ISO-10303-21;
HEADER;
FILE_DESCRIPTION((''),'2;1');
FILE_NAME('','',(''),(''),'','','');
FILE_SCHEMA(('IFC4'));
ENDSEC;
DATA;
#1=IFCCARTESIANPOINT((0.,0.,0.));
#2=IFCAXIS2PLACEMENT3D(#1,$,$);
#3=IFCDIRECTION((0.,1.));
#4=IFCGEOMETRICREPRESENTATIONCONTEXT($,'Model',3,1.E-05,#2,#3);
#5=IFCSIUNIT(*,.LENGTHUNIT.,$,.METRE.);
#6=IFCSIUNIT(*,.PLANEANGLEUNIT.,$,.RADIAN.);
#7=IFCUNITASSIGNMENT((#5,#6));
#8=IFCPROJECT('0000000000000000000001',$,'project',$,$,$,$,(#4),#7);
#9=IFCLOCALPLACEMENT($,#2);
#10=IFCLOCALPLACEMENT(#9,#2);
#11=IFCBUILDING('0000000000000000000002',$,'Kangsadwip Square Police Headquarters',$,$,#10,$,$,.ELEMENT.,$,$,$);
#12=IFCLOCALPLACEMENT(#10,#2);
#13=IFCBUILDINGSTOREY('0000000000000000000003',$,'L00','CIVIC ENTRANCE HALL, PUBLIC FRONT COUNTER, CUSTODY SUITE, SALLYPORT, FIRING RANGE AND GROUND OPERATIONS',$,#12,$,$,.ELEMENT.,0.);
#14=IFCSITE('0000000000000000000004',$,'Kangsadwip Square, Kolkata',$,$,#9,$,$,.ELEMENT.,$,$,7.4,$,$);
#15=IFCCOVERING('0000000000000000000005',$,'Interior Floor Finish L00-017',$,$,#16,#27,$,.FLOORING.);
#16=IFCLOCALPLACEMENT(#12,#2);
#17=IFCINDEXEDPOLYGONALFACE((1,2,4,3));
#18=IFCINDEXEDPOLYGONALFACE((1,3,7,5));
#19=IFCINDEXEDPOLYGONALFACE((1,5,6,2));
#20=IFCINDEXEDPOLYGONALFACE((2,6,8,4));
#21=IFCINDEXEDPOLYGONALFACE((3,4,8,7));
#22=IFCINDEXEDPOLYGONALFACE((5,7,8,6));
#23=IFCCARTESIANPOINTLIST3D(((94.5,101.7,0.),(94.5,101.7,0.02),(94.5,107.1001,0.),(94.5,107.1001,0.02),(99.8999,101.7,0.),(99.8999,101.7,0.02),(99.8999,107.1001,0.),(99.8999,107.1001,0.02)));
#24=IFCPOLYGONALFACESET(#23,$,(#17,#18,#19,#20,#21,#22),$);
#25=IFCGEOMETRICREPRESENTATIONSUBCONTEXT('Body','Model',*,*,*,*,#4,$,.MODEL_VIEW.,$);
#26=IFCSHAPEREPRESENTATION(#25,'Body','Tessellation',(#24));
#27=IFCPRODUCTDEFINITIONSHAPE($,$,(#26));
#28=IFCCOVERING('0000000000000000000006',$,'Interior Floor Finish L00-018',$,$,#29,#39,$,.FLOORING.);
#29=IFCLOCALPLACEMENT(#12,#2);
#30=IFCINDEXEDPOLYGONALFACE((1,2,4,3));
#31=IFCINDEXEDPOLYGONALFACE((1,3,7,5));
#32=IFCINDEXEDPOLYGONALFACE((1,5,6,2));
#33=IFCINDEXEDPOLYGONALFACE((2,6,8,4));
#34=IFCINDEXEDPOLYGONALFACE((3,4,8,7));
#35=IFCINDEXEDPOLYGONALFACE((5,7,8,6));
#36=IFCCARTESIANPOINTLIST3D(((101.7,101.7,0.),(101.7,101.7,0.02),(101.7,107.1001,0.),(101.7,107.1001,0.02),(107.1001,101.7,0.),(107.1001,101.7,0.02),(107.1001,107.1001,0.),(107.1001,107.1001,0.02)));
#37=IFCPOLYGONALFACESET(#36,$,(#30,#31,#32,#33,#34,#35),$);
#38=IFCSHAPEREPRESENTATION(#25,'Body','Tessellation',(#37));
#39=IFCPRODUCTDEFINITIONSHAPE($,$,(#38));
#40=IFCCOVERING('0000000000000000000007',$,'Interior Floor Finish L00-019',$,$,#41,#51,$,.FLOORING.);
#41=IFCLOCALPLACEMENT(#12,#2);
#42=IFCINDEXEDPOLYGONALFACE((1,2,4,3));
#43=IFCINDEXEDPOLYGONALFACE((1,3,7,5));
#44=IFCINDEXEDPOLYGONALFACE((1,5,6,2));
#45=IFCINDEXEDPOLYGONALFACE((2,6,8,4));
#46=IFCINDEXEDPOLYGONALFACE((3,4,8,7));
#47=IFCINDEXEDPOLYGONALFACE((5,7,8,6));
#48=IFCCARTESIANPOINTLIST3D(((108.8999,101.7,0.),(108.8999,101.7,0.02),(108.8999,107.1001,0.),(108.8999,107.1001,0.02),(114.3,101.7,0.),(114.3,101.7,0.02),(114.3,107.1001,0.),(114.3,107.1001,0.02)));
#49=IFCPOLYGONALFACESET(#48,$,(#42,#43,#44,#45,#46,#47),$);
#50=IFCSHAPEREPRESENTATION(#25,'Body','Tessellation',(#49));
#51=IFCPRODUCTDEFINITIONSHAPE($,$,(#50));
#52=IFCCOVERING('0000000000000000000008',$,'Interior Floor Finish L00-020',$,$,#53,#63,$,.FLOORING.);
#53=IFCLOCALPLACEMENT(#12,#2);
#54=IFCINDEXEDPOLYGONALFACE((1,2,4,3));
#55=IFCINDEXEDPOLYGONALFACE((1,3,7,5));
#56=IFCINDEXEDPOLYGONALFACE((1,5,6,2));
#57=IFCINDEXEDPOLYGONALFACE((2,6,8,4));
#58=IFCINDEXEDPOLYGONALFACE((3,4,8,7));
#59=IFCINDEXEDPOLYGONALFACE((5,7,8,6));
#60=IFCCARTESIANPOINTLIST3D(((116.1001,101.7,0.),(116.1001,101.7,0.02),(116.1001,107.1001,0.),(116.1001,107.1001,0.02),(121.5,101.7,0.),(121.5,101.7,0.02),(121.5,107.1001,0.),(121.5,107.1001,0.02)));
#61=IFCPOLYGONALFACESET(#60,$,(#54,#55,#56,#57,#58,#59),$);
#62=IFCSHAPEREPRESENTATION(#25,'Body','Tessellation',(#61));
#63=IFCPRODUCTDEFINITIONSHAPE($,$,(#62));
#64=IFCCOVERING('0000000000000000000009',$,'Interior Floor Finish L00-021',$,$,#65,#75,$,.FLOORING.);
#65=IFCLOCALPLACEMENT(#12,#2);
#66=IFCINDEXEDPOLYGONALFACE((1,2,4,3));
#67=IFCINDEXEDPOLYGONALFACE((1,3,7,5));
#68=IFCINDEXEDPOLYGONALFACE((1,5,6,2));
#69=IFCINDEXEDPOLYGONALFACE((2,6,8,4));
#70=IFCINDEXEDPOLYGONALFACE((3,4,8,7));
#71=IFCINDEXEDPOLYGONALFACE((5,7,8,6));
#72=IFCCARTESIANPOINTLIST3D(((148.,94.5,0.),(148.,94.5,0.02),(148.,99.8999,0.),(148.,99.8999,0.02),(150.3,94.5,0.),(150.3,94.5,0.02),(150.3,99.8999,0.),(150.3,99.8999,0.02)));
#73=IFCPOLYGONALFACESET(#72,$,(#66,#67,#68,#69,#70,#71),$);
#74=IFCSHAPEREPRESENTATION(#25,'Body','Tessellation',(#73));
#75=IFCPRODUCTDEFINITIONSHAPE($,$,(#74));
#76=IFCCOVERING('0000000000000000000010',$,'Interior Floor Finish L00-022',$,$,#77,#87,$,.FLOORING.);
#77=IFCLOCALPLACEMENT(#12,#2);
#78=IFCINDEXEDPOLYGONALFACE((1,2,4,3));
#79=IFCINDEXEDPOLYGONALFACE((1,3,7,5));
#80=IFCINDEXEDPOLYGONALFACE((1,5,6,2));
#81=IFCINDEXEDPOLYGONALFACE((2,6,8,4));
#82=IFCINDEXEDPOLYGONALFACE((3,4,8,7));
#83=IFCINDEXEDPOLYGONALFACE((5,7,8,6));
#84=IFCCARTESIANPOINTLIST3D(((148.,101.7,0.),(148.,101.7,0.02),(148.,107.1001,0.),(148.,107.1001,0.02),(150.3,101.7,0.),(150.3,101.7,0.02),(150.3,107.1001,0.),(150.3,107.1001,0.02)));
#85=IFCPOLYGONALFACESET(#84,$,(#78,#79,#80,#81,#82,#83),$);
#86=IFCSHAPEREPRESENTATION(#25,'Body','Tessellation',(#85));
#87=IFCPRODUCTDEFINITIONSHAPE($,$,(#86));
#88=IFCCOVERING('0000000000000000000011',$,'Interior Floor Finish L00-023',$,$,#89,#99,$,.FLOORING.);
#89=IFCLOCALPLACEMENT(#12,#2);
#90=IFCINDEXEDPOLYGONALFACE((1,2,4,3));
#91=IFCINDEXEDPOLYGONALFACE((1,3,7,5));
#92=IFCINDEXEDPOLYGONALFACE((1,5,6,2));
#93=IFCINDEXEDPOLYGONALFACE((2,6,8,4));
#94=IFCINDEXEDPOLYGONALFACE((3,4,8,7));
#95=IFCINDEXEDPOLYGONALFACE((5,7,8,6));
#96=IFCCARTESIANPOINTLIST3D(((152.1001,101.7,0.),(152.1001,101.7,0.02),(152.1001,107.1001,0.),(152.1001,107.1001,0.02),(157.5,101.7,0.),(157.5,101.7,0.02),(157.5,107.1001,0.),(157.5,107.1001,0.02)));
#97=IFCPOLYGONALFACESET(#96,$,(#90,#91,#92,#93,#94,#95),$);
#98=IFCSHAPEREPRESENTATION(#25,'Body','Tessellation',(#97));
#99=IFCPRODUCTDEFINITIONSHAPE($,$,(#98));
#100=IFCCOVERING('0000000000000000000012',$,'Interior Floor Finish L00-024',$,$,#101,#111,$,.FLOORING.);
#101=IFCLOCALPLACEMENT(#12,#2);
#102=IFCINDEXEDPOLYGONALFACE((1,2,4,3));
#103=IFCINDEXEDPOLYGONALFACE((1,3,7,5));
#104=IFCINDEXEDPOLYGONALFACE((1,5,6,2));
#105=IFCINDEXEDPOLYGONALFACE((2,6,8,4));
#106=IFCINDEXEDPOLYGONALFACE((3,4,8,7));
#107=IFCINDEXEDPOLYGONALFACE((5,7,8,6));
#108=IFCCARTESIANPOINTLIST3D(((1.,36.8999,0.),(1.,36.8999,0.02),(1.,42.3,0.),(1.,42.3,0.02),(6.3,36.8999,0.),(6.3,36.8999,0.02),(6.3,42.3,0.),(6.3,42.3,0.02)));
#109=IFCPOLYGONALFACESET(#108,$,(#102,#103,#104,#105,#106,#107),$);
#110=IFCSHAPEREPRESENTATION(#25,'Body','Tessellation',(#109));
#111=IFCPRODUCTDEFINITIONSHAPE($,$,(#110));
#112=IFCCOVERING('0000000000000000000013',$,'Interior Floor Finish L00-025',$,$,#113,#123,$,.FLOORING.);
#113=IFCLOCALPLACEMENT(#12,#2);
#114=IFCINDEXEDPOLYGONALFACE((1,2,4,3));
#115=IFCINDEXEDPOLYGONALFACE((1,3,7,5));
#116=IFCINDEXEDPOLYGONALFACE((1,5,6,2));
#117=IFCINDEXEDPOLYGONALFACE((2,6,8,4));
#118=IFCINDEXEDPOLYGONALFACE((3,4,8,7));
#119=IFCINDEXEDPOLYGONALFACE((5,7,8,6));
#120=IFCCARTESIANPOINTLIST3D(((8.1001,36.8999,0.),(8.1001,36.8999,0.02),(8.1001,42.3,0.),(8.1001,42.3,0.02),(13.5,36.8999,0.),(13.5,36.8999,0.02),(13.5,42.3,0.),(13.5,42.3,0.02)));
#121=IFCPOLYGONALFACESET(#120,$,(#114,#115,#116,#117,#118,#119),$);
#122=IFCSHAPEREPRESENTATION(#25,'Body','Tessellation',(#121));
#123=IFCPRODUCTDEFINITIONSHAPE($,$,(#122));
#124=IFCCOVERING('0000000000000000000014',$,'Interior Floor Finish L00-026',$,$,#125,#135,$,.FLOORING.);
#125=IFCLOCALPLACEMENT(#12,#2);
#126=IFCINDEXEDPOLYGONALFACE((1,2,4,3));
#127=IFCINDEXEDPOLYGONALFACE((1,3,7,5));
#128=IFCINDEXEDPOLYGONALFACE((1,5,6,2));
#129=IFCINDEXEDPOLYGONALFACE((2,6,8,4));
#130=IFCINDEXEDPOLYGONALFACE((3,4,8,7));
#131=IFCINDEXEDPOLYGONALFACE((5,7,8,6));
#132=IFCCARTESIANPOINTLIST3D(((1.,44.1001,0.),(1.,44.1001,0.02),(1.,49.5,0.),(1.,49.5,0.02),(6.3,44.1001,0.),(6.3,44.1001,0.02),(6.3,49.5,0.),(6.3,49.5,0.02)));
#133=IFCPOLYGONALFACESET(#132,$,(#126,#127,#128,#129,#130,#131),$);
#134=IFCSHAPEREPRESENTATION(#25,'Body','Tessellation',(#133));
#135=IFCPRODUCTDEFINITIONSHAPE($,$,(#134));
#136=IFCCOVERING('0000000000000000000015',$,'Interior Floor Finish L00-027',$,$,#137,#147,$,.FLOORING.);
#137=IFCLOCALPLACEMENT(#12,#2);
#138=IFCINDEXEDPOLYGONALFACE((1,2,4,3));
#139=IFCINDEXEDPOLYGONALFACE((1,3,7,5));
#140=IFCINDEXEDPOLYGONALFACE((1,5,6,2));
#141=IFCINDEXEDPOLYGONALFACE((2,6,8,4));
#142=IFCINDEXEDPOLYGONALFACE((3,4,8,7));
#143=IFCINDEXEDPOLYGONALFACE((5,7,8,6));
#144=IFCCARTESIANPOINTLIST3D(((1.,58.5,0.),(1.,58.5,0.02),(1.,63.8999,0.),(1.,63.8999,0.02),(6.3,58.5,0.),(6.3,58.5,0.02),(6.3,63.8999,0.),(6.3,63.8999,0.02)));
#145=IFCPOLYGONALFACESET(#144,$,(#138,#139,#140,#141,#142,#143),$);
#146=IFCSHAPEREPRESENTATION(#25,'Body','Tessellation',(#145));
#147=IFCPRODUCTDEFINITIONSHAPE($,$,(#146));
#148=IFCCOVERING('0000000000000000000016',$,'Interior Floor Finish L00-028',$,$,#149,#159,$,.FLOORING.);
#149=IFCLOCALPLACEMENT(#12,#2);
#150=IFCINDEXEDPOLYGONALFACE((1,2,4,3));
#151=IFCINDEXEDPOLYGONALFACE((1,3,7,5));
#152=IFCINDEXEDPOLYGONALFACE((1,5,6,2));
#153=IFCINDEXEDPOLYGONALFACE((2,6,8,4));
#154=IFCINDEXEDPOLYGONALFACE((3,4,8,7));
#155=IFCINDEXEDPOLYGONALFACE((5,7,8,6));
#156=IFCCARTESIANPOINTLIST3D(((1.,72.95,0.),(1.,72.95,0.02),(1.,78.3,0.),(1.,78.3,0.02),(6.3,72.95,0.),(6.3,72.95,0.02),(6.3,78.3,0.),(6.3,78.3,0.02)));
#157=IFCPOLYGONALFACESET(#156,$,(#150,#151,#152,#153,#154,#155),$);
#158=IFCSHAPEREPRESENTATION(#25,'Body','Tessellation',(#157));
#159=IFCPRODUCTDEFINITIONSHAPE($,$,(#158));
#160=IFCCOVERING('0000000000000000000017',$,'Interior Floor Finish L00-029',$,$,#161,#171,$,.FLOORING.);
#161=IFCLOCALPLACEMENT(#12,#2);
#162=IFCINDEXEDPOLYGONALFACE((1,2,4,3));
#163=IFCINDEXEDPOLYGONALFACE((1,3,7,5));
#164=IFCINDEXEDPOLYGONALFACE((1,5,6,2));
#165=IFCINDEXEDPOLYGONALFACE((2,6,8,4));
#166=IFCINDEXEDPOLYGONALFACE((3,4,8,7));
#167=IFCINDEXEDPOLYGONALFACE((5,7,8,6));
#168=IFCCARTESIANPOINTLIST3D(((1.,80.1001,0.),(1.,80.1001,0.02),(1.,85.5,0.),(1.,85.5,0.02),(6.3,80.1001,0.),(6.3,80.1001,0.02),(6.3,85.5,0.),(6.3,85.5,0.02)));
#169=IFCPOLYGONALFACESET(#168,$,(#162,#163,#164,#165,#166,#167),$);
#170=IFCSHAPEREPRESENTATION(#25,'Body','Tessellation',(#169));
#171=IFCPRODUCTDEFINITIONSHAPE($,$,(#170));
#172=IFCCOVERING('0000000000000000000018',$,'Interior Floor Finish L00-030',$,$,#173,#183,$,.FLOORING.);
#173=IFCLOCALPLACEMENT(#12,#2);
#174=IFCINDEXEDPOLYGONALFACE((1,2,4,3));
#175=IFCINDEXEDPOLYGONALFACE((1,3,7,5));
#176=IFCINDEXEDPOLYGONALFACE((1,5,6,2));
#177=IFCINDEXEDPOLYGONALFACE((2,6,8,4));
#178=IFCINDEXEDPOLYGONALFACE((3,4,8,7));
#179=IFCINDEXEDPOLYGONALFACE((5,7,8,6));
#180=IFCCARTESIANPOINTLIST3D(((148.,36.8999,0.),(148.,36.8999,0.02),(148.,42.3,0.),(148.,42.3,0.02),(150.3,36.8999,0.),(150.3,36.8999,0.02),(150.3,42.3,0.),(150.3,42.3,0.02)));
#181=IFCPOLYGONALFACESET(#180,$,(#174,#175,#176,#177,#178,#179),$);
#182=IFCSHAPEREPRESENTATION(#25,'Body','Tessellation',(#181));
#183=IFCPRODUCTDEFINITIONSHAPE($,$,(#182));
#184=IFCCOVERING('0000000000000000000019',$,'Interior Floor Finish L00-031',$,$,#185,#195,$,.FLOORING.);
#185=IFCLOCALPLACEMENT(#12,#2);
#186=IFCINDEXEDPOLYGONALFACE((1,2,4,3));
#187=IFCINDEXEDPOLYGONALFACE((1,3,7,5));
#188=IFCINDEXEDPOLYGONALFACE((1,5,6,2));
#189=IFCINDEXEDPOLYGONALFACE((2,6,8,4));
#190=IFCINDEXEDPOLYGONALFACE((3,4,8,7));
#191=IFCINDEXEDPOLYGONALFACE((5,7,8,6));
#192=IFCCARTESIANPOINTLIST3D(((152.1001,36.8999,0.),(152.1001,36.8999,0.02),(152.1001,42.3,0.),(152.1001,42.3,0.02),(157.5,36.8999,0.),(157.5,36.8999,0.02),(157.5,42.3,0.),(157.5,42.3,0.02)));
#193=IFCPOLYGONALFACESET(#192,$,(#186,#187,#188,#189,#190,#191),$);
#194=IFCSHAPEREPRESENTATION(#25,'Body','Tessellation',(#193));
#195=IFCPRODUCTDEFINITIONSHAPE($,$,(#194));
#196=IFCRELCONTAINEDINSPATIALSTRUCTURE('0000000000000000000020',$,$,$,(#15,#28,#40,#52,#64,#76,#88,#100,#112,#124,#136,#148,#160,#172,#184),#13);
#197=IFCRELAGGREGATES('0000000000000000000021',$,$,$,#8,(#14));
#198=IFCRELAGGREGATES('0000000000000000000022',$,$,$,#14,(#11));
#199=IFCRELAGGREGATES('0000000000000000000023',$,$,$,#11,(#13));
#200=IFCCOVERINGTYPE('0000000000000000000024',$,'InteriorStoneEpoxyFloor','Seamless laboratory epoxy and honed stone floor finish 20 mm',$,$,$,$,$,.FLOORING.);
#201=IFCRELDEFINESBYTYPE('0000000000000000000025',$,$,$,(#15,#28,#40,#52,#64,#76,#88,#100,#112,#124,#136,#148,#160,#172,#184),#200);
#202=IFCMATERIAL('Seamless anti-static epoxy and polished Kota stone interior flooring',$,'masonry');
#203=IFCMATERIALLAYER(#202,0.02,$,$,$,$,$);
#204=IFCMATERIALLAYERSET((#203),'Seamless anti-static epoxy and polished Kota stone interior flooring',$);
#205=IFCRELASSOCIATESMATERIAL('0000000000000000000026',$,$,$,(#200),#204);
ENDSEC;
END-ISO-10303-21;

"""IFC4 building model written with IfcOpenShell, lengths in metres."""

from ifc_helpers import new_model, si_unit, direction, origin, place, context, subcontext, project, spatial, polyline, outline, extrude, material, layer, layer_set, type_object, element, save


model = new_model("IFC4")

# Units and contexts
model_context = context("Model", 3, precision=1e-05, world=origin(), true_north=direction((0.0, 1.0)))
body_context = subcontext(model_context, "Body", "Model", "MODEL_VIEW")
ifc_project = project(units=[si_unit("LENGTHUNIT", "METRE"), si_unit("PLANEANGLEUNIT", "RADIAN")], contexts=[model_context])

# Site, building, storey
site_placement = place(None, origin())
site = spatial("IfcSite", under=ifc_project, at=site_placement, Name="Kangsadwip Square, Kolkata", CompositionType="ELEMENT", RefElevation=7.4)
building_placement = place(site_placement, origin())
building = spatial("IfcBuilding", under=site, at=building_placement, Name="Kangsadwip Square Police Headquarters", CompositionType="ELEMENT")
storey_placement = place(building_placement, origin())
storey = spatial("IfcBuildingStorey", under=building, at=storey_placement, Name="L00", Description="CIVIC ENTRANCE HALL, PUBLIC FRONT COUNTER, CUSTODY SUITE, SALLYPORT, FIRING RANGE AND GROUND OPERATIONS", CompositionType="ELEMENT", Elevation=0.0)

# Coverings
ifc_material = material(Name="Seamless anti-static epoxy and polished Kota stone interior flooring", Category="masonry")
ifc_layer = layer(ifc_material, 0.02)
ifc_layer_set = layer_set([ifc_layer], Name="Seamless anti-static epoxy and polished Kota stone interior flooring")
covering_type = type_object("IfcCoveringType", Name="InteriorStoneEpoxyFloor", Description="Seamless laboratory epoxy and honed stone floor finish 20 mm", PredefinedType="FLOORING", material=ifc_layer_set)
covering_1_placement = place(storey_placement, origin())
element("IfcCovering", 1, at=covering_1_placement, inside=storey, type_object=covering_type, Name="Interior Floor Finish L00-017", PredefinedType="FLOORING", context=body_context, shape_type="SweptSolid", body=[
    extrude(outline(polyline([(94.5, 101.7), (99.8999, 101.7), (99.8999, 107.1001), (94.5, 107.1001), (94.5, 101.7)])), origin(), (0.0, 0.0, 1.0), 0.02),
])
covering_2_placement = place(storey_placement, origin())
element("IfcCovering", 2, at=covering_2_placement, inside=storey, type_object=covering_type, Name="Interior Floor Finish L00-018", PredefinedType="FLOORING", context=body_context, shape_type="SweptSolid", body=[
    extrude(outline(polyline([(101.7, 101.7), (107.1001, 101.7), (107.1001, 107.1001), (101.7, 107.1001), (101.7, 101.7)])), origin(), (0.0, 0.0, 1.0), 0.02),
])
covering_3_placement = place(storey_placement, origin())
element("IfcCovering", 3, at=covering_3_placement, inside=storey, type_object=covering_type, Name="Interior Floor Finish L00-019", PredefinedType="FLOORING", context=body_context, shape_type="SweptSolid", body=[
    extrude(outline(polyline([(108.8999, 101.7), (114.3, 101.7), (114.3, 107.1001), (108.8999, 107.1001), (108.8999, 101.7)])), origin(), (0.0, 0.0, 1.0), 0.02),
])
covering_4_placement = place(storey_placement, origin())
element("IfcCovering", 4, at=covering_4_placement, inside=storey, type_object=covering_type, Name="Interior Floor Finish L00-020", PredefinedType="FLOORING", context=body_context, shape_type="SweptSolid", body=[
    extrude(outline(polyline([(116.1001, 101.7), (121.5, 101.7), (121.5, 107.1001), (116.1001, 107.1001), (116.1001, 101.7)])), origin(), (0.0, 0.0, 1.0), 0.02),
])
covering_5_placement = place(storey_placement, origin())
element("IfcCovering", 5, at=covering_5_placement, inside=storey, type_object=covering_type, Name="Interior Floor Finish L00-021", PredefinedType="FLOORING", context=body_context, shape_type="SweptSolid", body=[
    extrude(outline(polyline([(148.0, 94.5), (150.3, 94.5), (150.3, 99.8999), (148.0, 99.8999), (148.0, 94.5)])), origin(), (0.0, 0.0, 1.0), 0.02),
])
covering_6_placement = place(storey_placement, origin())
element("IfcCovering", 6, at=covering_6_placement, inside=storey, type_object=covering_type, Name="Interior Floor Finish L00-022", PredefinedType="FLOORING", context=body_context, shape_type="SweptSolid", body=[
    extrude(outline(polyline([(148.0, 101.7), (150.3, 101.7), (150.3, 107.1001), (148.0, 107.1001), (148.0, 101.7)])), origin(), (0.0, 0.0, 1.0), 0.02),
])
covering_7_placement = place(storey_placement, origin())
element("IfcCovering", 7, at=covering_7_placement, inside=storey, type_object=covering_type, Name="Interior Floor Finish L00-023", PredefinedType="FLOORING", context=body_context, shape_type="SweptSolid", body=[
    extrude(outline(polyline([(152.1001, 101.7), (157.5, 101.7), (157.5, 107.1001), (152.1001, 107.1001), (152.1001, 101.7)])), origin(), (0.0, 0.0, 1.0), 0.02),
])
covering_8_placement = place(storey_placement, origin())
element("IfcCovering", 8, at=covering_8_placement, inside=storey, type_object=covering_type, Name="Interior Floor Finish L00-024", PredefinedType="FLOORING", context=body_context, shape_type="SweptSolid", body=[
    extrude(outline(polyline([(1.0, 36.8999), (6.3, 36.8999), (6.3, 42.3), (1.0, 42.3), (1.0, 36.8999)])), origin(), (0.0, 0.0, 1.0), 0.02),
])
covering_9_placement = place(storey_placement, origin())
element("IfcCovering", 9, at=covering_9_placement, inside=storey, type_object=covering_type, Name="Interior Floor Finish L00-025", PredefinedType="FLOORING", context=body_context, shape_type="SweptSolid", body=[
    extrude(outline(polyline([(8.1001, 36.8999), (13.5, 36.8999), (13.5, 42.3), (8.1001, 42.3), (8.1001, 36.8999)])), origin(), (0.0, 0.0, 1.0), 0.02),
])
covering_10_placement = place(storey_placement, origin())
element("IfcCovering", 10, at=covering_10_placement, inside=storey, type_object=covering_type, Name="Interior Floor Finish L00-026", PredefinedType="FLOORING", context=body_context, shape_type="SweptSolid", body=[
    extrude(outline(polyline([(1.0, 44.1001), (6.3, 44.1001), (6.3, 49.5), (1.0, 49.5), (1.0, 44.1001)])), origin(), (0.0, 0.0, 1.0), 0.02),
])
covering_11_placement = place(storey_placement, origin())
element("IfcCovering", 11, at=covering_11_placement, inside=storey, type_object=covering_type, Name="Interior Floor Finish L00-027", PredefinedType="FLOORING", context=body_context, shape_type="SweptSolid", body=[
    extrude(outline(polyline([(1.0, 58.5), (6.3, 58.5), (6.3, 63.8999), (1.0, 63.8999), (1.0, 58.5)])), origin(), (0.0, 0.0, 1.0), 0.02),
])
covering_12_placement = place(storey_placement, origin())
element("IfcCovering", 12, at=covering_12_placement, inside=storey, type_object=covering_type, Name="Interior Floor Finish L00-028", PredefinedType="FLOORING", context=body_context, shape_type="SweptSolid", body=[
    extrude(outline(polyline([(1.0, 72.95), (6.3, 72.95), (6.3, 78.3), (1.0, 78.3), (1.0, 72.95)])), origin(), (0.0, 0.0, 1.0), 0.02),
])
covering_13_placement = place(storey_placement, origin())
element("IfcCovering", 13, at=covering_13_placement, inside=storey, type_object=covering_type, Name="Interior Floor Finish L00-029", PredefinedType="FLOORING", context=body_context, shape_type="SweptSolid", body=[
    extrude(outline(polyline([(1.0, 80.1001), (6.3, 80.1001), (6.3, 85.5), (1.0, 85.5), (1.0, 80.1001)])), origin(), (0.0, 0.0, 1.0), 0.02),
])
covering_14_placement = place(storey_placement, origin())
element("IfcCovering", 14, at=covering_14_placement, inside=storey, type_object=covering_type, Name="Interior Floor Finish L00-030", PredefinedType="FLOORING", context=body_context, shape_type="SweptSolid", body=[
    extrude(outline(polyline([(148.0, 36.8999), (150.3, 36.8999), (150.3, 42.3), (148.0, 42.3), (148.0, 36.8999)])), origin(), (0.0, 0.0, 1.0), 0.02),
])
covering_15_placement = place(storey_placement, origin())
element("IfcCovering", 15, at=covering_15_placement, inside=storey, type_object=covering_type, Name="Interior Floor Finish L00-031", PredefinedType="FLOORING", context=body_context, shape_type="SweptSolid", body=[
    extrude(outline(polyline([(152.1001, 36.8999), (157.5, 36.8999), (157.5, 42.3), (152.1001, 42.3), (152.1001, 36.8999)])), origin(), (0.0, 0.0, 1.0), 0.02),
])

save(model, "model.ifc")
